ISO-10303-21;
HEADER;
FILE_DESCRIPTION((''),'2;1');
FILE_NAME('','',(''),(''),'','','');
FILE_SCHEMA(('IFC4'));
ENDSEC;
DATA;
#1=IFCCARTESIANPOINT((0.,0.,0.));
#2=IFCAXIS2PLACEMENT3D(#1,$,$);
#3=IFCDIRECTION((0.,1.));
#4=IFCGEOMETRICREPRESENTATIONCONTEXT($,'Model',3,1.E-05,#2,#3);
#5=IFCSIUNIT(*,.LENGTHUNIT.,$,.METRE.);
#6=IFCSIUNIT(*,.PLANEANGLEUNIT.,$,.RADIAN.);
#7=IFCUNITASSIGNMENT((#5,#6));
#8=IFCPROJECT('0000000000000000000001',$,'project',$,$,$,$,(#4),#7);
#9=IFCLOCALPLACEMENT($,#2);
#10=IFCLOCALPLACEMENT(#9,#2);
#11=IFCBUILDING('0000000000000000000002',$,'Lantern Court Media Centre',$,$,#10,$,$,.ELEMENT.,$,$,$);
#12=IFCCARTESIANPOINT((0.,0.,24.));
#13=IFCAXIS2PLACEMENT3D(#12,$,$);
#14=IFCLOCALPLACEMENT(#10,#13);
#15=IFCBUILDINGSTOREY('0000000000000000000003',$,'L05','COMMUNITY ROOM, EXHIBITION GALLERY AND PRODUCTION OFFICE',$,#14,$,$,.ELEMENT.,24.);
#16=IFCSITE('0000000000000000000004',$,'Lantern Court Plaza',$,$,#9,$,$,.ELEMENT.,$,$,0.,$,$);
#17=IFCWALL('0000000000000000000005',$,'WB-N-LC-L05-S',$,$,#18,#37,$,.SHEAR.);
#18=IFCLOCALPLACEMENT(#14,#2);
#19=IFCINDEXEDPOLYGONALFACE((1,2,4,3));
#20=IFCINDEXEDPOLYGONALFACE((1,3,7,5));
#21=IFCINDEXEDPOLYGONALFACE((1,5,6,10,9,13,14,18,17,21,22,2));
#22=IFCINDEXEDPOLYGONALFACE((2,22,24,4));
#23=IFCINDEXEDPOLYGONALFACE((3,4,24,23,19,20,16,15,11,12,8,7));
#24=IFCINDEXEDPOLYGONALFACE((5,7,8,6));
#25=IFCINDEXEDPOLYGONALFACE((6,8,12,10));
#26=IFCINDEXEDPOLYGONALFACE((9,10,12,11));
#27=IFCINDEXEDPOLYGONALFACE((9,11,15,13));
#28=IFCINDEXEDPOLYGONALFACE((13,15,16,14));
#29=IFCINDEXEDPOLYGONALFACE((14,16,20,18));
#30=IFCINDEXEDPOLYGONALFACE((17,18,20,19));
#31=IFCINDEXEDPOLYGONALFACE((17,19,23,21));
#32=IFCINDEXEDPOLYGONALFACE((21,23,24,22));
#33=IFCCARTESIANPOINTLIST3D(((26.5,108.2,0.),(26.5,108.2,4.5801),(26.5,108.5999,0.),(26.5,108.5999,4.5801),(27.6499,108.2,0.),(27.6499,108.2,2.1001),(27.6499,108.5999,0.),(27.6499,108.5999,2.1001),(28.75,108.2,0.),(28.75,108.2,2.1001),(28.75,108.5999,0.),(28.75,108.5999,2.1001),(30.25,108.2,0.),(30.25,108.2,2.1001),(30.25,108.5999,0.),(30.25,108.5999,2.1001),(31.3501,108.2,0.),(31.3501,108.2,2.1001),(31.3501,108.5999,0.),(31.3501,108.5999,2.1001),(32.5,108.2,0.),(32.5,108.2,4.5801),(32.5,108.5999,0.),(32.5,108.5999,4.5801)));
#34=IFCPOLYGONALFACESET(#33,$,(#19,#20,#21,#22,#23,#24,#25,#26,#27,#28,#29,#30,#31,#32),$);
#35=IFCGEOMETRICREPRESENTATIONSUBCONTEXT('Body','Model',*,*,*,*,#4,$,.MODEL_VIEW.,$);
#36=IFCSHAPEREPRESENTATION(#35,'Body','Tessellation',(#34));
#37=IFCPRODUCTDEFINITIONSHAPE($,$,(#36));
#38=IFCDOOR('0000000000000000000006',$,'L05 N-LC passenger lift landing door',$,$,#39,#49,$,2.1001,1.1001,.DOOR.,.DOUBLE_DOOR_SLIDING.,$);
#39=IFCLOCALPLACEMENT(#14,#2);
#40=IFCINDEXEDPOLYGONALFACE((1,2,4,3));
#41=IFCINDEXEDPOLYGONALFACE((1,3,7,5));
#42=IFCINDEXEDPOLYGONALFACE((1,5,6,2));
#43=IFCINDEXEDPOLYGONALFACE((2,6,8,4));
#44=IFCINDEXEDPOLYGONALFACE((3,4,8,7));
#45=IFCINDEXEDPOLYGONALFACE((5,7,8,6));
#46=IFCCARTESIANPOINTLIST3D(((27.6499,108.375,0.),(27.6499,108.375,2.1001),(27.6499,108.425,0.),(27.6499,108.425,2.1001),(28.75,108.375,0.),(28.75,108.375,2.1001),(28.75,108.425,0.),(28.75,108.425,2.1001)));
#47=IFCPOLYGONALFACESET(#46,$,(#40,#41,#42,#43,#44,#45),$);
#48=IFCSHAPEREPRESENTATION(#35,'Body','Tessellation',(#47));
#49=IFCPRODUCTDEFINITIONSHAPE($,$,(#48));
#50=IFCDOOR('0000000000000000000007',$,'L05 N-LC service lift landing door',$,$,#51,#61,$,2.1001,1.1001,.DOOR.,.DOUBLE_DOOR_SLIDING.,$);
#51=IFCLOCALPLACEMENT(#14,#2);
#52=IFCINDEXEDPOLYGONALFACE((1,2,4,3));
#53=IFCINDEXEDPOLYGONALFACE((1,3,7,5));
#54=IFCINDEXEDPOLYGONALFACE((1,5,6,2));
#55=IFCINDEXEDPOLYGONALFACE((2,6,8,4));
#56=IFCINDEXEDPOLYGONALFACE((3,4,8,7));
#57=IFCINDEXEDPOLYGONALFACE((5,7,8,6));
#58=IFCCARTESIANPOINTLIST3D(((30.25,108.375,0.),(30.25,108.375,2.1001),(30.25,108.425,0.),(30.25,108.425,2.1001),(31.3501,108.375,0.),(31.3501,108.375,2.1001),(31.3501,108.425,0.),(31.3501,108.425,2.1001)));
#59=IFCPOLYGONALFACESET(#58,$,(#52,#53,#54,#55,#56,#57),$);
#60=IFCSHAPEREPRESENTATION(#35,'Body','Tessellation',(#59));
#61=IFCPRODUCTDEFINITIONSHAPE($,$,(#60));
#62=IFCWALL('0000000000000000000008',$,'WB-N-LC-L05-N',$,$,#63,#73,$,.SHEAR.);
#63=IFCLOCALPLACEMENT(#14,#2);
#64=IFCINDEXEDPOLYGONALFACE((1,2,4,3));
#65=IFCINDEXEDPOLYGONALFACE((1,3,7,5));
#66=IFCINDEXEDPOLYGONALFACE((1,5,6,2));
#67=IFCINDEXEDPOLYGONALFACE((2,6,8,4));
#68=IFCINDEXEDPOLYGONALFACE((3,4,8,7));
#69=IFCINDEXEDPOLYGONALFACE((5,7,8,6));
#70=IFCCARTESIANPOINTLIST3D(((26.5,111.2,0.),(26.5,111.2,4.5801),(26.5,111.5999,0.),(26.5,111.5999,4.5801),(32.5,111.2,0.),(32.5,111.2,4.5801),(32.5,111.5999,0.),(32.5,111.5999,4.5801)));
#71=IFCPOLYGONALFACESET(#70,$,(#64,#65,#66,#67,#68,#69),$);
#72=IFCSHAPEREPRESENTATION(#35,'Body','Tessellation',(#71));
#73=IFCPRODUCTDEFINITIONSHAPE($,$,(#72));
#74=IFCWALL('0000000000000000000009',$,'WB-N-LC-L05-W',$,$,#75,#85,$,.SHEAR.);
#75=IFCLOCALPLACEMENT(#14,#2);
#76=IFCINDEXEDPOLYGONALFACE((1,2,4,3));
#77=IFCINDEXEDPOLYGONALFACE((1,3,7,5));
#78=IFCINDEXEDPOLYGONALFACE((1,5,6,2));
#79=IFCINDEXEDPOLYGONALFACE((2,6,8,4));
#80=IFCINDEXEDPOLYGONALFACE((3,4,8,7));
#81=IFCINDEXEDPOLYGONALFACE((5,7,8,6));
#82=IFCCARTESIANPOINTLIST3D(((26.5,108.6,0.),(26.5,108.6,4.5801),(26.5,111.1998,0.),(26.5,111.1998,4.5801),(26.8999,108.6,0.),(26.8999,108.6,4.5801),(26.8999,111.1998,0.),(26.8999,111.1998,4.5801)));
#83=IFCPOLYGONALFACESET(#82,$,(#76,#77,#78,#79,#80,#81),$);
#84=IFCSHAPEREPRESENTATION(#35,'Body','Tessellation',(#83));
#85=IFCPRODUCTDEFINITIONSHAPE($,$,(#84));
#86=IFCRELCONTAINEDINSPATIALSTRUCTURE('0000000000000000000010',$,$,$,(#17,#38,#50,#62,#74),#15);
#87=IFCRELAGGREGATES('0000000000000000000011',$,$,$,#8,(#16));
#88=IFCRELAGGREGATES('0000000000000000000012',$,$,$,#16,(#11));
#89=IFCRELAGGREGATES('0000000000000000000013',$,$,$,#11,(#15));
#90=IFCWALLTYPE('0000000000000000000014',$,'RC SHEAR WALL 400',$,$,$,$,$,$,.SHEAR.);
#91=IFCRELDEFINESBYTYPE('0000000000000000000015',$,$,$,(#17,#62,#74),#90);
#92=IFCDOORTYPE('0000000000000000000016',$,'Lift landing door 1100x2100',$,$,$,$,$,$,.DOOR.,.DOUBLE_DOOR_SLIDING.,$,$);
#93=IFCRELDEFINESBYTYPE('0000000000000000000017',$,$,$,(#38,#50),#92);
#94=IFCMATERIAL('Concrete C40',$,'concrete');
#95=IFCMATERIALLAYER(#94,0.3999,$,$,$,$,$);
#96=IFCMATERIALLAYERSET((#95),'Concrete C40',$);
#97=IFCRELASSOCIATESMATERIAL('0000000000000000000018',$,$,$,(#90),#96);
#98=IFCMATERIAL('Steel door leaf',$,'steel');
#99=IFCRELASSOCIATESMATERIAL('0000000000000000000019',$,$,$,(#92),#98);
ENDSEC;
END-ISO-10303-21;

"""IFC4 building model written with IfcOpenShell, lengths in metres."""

from ifc_helpers import new_model, si_unit, direction, frame, frame_2d, origin, place, context, subcontext, project, spatial, rectangle, extrude, material, layer, layer_set, type_object, element, fill, save


model = new_model("IFC4")

# Units and contexts
model_context = context("Model", 3, precision=1e-05, world=origin(), true_north=direction((0.0, 1.0)))
body_context = subcontext(model_context, "Body", "Model", "MODEL_VIEW")
ifc_project = project(units=[si_unit("LENGTHUNIT", "METRE"), si_unit("PLANEANGLEUNIT", "RADIAN")], contexts=[model_context])

# Site, building, storey
site_placement = place(None, origin())
site = spatial("IfcSite", under=ifc_project, at=site_placement, Name="Lantern Court Plaza", CompositionType="ELEMENT", RefElevation=0.0)
building_placement = place(site_placement, origin())
building = spatial("IfcBuilding", under=site, at=building_placement, Name="Lantern Court Media Centre", CompositionType="ELEMENT")
storey_placement = place(building_placement, frame((0.0, 0.0, 24.0)))
storey = spatial("IfcBuildingStorey", under=building, at=storey_placement, Name="L05", Description="COMMUNITY ROOM, EXHIBITION GALLERY AND PRODUCTION OFFICE", CompositionType="ELEMENT", Elevation=24.0)

# Shared definitions
ifc_material_1 = material(Name="Concrete C40", Category="concrete")

# Wall, openings, doors
ifc_layer_1 = layer(ifc_material_1, 0.3999)
ifc_layer_set_1 = layer_set([ifc_layer_1], Name="Concrete C40")
wall_type_1 = type_object("IfcWallType", Name="RC SHEAR WALL 400", PredefinedType="SHEAR", material=ifc_layer_set_1)
wall_1_placement = place(storey_placement, frame((26.5, 108.3999, 0.0), z_axis=(0.0, 0.0, 1.0), x_axis=(1.0, 0.0, 0.0)))
wall_1 = element("IfcWall", 1, at=wall_1_placement, inside=storey, type_object=wall_type_1, Name="WB-N-LC-L05-S", PredefinedType="SHEAR", context=body_context, shape_type="SweptSolid", body=[
    extrude(rectangle(XDim=6.0, YDim=0.3999, at=frame_2d((3.0, 0.0))), origin(), (0.0, 0.0, 1.0), 4.5801),
])
opening_1_placement = place(wall_1_placement, frame((1.1499, 0.0, 0.0)))
opening_1 = element("IfcOpeningElement", 2, at=opening_1_placement, cuts=wall_1, PredefinedType="OPENING", context=body_context, shape_type="SweptSolid", body=[
    extrude(rectangle(XDim=1.1001, YDim=2.1001, at=frame_2d((0.55, 1.05))), frame((0.0, 0.21, 0.0), z_axis=(0.0, -1.0, 0.0), x_axis=(1.0, 0.0, 0.0)), (0.0, 0.0, 1.0), 0.4199),
])
opening_2_placement = place(wall_1_placement, frame((3.75, 0.0, 0.0)))
opening_2 = element("IfcOpeningElement", 3, at=opening_2_placement, cuts=wall_1, PredefinedType="OPENING", context=body_context, shape_type="SweptSolid", body=[
    extrude(rectangle(XDim=1.1001, YDim=2.1001, at=frame_2d((0.55, 1.05))), frame((0.0, 0.21, 0.0), z_axis=(0.0, -1.0, 0.0), x_axis=(1.0, 0.0, 0.0)), (0.0, 0.0, 1.0), 0.4199),
])
ifc_material_2 = material(Name="Steel door leaf", Category="steel")
door_type = type_object("IfcDoorType", Name="Lift landing door 1100x2100", OperationType="DOUBLE_DOOR_SLIDING", PredefinedType="DOOR", material=ifc_material_2)
door_1_placement = place(opening_1_placement, frame((1.1001, 0.0, 0.0), z_axis=(0.0, 0.0, 1.0), x_axis=(-1.0, 0.0, 0.0)))
door_1 = element("IfcDoor", 4, at=door_1_placement, inside=storey, type_object=door_type, Name="L05 N-LC passenger lift landing door", OperationType="DOUBLE_DOOR_SLIDING", OverallHeight=2.1001, OverallWidth=1.1001, PredefinedType="DOOR", context=body_context, shape_type="SweptSolid", body=[
    extrude(rectangle(XDim=1.1001, YDim=2.1001, at=frame_2d((0.55, 1.05))), frame((0.0, 0.0249, 0.0), z_axis=(0.0, -1.0, 0.0), x_axis=(1.0, 0.0, 0.0)), (0.0, 0.0, 1.0), 0.05),
])
fill(opening_1, door_1)
door_2_placement = place(opening_2_placement, frame((1.1001, 0.0, 0.0), z_axis=(0.0, 0.0, 1.0), x_axis=(-1.0, 0.0, 0.0)))
door_2 = element("IfcDoor", 5, at=door_2_placement, inside=storey, type_object=door_type, Name="L05 N-LC service lift landing door", OperationType="DOUBLE_DOOR_SLIDING", OverallHeight=2.1001, OverallWidth=1.1001, PredefinedType="DOOR", context=body_context, shape_type="SweptSolid", body=[
    extrude(rectangle(XDim=1.1001, YDim=2.1001, at=frame_2d((0.55, 1.05))), frame((0.0, 0.0249, 0.0), z_axis=(0.0, -1.0, 0.0), x_axis=(1.0, 0.0, 0.0)), (0.0, 0.0, 1.0), 0.05),
])
fill(opening_2, door_2)

# Walls
wall_2_placement = place(storey_placement, frame((26.5, 111.3999, 0.0), z_axis=(0.0, 0.0, 1.0), x_axis=(1.0, 0.0, 0.0)))
element("IfcWall", 6, at=wall_2_placement, inside=storey, type_object=wall_type_1, Name="WB-N-LC-L05-N", PredefinedType="SHEAR", context=body_context, shape_type="SweptSolid", body=[
    extrude(rectangle(XDim=6.0, YDim=0.3999, at=frame_2d((3.0, 0.0))), origin(), (0.0, 0.0, 1.0), 4.5801),
])
wall_3_placement = place(storey_placement, frame((26.7, 108.6001, 0.0), z_axis=(0.0, 0.0, 1.0), x_axis=(0.0, 1.0, 0.0)))
element("IfcWall", 7, at=wall_3_placement, inside=storey, type_object=wall_type_1, Name="WB-N-LC-L05-W", PredefinedType="SHEAR", context=body_context, shape_type="SweptSolid", body=[
    extrude(rectangle(XDim=2.5999, YDim=0.3999, at=frame_2d((1.2998, 0.0))), origin(), (0.0, 0.0, 1.0), 4.5801),
])

save(model, "model.ifc")
